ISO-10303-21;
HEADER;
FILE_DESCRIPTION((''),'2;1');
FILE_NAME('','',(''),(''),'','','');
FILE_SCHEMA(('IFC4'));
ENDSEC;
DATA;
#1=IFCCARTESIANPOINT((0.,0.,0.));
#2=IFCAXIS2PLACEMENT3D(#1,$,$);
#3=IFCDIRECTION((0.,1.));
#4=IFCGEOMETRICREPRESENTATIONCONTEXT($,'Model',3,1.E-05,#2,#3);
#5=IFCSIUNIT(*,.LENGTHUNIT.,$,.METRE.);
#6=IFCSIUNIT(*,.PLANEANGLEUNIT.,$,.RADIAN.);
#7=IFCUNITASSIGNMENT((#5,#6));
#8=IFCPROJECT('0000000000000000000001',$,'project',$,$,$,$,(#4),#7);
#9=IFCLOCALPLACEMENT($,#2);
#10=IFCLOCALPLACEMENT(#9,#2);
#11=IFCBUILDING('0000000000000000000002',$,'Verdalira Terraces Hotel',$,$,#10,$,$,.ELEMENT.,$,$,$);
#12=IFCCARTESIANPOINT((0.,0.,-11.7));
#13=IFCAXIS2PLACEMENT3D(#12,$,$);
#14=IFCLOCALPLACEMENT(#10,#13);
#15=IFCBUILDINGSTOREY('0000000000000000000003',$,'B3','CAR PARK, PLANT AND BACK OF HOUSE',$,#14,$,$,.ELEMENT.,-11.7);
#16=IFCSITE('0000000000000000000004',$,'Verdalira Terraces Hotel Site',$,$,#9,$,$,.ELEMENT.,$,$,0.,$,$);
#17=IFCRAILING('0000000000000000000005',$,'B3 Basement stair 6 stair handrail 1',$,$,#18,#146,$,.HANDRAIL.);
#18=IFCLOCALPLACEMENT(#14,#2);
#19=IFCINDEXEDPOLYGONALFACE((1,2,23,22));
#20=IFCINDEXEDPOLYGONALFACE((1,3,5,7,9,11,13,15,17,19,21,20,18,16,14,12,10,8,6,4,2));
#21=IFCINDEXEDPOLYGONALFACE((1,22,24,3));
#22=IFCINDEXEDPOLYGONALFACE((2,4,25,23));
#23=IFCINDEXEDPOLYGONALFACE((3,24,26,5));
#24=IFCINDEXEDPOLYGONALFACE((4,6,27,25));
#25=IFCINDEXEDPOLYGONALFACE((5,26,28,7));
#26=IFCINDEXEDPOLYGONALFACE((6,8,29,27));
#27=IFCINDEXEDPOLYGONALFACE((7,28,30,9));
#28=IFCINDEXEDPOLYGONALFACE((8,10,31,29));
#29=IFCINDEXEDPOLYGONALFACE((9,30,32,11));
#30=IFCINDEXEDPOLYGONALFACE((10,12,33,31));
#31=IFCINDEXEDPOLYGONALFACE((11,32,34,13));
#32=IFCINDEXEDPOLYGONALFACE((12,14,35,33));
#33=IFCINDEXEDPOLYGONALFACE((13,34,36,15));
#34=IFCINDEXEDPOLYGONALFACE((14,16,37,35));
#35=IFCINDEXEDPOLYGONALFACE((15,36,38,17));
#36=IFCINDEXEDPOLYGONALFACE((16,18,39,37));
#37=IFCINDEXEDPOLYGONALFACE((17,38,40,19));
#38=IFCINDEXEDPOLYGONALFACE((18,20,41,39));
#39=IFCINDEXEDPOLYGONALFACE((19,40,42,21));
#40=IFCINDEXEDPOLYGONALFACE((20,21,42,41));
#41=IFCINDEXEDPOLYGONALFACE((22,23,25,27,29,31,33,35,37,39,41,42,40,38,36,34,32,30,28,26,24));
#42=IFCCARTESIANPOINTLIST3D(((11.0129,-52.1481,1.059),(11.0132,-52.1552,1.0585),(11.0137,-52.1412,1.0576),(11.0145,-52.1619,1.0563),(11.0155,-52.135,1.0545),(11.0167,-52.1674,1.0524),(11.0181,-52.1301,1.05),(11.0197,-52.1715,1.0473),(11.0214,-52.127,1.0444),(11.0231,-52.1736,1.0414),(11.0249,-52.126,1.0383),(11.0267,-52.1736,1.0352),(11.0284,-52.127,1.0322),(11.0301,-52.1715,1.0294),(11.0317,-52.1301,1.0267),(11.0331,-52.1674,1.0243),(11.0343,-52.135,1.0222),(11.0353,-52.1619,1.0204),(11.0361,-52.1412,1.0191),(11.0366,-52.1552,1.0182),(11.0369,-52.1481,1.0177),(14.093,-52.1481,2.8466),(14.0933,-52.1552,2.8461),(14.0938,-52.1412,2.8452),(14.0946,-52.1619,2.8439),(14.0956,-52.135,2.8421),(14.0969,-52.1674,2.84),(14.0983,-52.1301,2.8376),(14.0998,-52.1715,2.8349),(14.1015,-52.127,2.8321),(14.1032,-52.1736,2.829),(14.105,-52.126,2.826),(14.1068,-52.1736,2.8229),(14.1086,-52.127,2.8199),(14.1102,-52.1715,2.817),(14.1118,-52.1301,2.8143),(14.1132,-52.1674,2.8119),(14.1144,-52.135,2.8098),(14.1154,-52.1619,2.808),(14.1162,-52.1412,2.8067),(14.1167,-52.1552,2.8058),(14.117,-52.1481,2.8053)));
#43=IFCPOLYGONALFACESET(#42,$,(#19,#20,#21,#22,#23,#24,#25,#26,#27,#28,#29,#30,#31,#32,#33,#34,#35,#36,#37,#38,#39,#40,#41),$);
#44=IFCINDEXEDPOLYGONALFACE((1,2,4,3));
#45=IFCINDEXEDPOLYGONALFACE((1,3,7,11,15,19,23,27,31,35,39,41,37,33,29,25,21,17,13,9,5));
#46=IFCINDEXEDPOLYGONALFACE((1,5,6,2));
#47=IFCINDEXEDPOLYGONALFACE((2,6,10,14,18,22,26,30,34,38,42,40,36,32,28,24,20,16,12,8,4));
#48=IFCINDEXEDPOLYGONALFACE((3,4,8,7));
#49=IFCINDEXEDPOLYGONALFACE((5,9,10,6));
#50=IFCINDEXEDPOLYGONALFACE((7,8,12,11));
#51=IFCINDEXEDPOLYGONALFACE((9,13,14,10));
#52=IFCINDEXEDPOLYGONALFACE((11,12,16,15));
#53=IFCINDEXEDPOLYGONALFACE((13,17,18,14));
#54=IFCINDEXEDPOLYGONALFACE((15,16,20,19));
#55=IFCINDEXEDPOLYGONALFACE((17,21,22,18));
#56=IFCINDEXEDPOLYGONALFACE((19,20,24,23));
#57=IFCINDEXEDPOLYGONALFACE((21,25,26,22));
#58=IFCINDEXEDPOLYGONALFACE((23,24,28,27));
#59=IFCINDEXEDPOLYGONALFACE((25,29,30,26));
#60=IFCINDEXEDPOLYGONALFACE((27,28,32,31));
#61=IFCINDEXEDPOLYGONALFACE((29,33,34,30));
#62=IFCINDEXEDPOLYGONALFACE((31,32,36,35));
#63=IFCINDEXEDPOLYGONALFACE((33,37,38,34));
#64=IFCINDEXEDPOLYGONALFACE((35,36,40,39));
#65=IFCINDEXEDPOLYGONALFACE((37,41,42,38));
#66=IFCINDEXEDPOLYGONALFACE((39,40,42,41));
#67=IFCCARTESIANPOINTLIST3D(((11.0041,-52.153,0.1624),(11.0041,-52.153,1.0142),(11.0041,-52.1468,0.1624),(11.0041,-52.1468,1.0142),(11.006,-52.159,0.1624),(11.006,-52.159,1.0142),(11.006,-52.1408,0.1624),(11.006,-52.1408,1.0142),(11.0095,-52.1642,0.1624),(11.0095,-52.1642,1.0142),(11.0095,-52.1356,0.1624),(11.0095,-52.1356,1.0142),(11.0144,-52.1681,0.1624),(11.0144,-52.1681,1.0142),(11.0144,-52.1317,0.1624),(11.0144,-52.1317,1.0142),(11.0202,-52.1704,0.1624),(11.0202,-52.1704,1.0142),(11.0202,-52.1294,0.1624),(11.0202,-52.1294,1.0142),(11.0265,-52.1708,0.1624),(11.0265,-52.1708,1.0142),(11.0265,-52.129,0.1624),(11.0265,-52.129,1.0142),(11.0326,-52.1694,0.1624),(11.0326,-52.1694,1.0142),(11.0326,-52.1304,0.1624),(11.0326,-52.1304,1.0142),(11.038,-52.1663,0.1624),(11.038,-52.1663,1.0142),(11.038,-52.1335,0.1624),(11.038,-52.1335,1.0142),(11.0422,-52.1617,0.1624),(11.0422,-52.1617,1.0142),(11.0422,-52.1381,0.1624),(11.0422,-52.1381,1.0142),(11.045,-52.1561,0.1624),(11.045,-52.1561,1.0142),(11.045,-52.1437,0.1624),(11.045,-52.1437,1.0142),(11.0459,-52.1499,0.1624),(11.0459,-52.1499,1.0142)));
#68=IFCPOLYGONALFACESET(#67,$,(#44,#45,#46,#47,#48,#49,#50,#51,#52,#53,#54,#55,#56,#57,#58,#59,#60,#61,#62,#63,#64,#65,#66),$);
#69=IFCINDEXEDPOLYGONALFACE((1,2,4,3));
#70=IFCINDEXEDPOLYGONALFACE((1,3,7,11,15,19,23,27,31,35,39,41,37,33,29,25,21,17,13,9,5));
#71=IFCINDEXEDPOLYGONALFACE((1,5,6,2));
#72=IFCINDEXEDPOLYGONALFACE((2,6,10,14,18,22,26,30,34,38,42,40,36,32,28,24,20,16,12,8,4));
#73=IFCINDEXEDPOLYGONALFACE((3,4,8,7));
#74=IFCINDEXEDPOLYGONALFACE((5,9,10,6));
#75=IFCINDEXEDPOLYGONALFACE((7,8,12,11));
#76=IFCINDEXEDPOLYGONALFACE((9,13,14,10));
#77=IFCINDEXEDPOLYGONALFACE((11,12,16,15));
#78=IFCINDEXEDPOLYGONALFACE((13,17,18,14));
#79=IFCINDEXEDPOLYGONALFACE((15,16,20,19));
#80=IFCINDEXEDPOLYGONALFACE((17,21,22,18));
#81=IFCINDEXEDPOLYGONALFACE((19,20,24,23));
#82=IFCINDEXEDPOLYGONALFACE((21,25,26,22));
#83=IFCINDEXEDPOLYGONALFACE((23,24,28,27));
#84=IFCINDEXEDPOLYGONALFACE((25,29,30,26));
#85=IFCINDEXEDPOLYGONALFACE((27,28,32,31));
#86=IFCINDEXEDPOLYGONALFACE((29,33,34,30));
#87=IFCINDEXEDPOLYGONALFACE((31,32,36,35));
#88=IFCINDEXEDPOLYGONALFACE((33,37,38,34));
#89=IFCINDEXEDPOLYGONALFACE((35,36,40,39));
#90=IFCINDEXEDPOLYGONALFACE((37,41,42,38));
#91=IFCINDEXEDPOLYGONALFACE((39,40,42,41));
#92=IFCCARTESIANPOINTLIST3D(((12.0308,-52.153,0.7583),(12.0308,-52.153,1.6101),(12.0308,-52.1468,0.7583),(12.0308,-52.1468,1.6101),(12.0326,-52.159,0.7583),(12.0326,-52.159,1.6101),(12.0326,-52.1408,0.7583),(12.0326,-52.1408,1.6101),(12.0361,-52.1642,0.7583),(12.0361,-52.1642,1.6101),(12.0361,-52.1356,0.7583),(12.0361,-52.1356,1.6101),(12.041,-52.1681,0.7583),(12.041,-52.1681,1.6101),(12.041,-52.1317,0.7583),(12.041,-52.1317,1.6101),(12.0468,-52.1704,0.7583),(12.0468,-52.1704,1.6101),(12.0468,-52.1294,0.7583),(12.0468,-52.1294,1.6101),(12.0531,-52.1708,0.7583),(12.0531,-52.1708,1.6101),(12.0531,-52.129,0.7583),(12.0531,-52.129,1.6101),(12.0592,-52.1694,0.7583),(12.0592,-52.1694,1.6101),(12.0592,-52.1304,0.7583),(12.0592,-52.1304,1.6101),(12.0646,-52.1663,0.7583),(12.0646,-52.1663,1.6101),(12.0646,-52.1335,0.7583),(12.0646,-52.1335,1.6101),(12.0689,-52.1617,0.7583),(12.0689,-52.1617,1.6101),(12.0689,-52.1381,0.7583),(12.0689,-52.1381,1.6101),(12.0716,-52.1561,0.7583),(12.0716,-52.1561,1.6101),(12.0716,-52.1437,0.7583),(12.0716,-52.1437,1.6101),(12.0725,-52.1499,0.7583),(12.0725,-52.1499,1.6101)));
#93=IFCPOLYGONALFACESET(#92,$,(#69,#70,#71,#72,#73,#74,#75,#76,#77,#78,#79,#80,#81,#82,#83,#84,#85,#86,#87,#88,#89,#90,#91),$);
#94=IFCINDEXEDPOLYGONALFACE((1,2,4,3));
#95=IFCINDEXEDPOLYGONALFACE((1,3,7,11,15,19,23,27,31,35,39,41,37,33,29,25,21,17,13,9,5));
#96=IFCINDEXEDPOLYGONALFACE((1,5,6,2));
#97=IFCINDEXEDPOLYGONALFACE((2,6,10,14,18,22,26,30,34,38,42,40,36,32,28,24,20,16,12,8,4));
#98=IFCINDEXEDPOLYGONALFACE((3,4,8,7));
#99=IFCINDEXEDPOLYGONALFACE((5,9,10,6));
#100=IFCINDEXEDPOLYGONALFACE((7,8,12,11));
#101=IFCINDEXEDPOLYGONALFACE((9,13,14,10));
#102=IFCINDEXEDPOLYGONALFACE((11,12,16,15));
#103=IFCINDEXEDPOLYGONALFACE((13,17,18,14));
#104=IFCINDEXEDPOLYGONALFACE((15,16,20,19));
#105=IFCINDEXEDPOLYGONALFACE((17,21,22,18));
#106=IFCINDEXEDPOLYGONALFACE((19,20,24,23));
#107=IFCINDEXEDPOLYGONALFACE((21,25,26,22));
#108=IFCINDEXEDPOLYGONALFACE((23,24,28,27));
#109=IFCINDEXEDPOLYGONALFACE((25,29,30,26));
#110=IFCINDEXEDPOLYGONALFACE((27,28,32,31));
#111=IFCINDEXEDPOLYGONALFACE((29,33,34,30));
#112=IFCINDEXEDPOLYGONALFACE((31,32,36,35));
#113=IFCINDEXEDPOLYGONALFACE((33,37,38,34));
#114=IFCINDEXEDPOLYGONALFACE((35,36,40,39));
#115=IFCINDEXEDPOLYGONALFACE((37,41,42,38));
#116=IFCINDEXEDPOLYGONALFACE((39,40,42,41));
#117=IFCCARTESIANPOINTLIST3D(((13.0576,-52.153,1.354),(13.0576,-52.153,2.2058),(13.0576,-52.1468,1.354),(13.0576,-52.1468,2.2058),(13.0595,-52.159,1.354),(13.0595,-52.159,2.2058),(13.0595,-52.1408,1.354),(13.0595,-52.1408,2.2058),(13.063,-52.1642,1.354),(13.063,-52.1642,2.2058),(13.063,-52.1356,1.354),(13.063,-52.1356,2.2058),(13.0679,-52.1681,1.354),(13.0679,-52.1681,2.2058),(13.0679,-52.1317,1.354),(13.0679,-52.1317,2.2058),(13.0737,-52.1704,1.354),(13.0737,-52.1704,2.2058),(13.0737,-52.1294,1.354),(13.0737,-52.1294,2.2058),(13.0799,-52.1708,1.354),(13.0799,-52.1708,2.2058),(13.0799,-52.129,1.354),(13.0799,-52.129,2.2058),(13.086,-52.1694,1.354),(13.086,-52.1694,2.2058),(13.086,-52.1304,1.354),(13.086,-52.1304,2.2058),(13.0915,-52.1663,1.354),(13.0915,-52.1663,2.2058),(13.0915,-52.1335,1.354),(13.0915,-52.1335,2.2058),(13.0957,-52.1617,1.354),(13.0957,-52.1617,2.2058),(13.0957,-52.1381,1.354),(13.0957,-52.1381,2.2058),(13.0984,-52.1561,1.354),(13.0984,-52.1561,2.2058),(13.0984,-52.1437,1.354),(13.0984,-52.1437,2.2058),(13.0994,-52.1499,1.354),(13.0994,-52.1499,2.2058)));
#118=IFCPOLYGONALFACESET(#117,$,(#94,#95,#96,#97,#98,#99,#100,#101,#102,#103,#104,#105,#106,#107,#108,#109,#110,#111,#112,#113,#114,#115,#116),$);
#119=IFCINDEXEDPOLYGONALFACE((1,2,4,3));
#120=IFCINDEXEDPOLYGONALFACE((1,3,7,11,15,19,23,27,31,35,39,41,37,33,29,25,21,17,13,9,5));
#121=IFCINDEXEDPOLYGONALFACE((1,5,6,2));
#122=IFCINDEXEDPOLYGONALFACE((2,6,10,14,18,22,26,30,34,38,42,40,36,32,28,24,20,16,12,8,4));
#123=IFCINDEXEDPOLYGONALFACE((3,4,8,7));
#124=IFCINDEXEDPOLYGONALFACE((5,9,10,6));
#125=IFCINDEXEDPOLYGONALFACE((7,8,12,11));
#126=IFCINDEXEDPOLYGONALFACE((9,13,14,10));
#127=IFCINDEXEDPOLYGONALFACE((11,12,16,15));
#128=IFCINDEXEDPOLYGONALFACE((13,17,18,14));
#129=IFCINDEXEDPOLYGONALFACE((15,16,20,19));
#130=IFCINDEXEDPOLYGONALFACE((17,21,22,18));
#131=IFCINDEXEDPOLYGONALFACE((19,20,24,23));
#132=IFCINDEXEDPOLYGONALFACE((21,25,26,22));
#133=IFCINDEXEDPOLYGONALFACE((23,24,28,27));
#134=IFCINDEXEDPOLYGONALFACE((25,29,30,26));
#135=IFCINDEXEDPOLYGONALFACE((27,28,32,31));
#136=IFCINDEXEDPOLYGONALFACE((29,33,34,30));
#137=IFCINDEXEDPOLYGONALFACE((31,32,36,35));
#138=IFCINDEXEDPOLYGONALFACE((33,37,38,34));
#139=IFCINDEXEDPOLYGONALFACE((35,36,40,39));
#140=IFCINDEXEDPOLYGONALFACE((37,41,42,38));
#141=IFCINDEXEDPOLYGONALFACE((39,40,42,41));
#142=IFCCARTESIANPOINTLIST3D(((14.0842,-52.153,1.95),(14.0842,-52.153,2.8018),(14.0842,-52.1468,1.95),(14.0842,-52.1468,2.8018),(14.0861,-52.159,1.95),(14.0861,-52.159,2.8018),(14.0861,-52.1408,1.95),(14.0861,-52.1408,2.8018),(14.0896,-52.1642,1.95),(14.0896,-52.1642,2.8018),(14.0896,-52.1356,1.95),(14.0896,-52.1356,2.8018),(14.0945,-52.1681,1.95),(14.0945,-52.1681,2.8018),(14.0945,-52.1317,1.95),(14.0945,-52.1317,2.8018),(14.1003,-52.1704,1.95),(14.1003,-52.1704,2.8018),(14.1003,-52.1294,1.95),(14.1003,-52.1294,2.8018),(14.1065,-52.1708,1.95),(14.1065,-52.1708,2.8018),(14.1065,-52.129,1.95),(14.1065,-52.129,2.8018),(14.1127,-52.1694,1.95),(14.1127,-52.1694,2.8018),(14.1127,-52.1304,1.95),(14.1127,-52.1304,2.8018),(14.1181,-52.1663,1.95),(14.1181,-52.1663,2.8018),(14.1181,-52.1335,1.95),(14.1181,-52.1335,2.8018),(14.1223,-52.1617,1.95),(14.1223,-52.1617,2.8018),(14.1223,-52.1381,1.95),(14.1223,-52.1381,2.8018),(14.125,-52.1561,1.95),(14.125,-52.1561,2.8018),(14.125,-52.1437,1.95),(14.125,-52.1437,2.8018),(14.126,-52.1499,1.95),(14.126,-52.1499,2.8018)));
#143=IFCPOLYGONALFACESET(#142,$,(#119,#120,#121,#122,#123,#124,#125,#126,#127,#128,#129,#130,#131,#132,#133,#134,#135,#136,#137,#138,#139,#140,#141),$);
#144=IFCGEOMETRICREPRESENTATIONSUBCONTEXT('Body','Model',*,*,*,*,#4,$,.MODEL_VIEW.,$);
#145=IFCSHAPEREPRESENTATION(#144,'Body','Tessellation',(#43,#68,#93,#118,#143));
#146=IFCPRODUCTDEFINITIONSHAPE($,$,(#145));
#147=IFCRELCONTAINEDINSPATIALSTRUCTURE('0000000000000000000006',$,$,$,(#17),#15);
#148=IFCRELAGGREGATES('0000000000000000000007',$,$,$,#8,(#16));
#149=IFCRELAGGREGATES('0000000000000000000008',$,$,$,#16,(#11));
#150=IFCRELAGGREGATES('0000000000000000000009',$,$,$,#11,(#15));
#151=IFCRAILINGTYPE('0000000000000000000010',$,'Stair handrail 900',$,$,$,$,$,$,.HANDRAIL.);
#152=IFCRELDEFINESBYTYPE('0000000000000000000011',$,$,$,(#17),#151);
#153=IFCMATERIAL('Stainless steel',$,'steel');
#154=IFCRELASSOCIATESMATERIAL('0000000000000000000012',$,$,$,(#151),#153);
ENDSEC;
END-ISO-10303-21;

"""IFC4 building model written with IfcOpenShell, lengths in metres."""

from ifc_helpers import new_model, si_unit, direction, frame, origin, origin_2d, place, context, subcontext, project, spatial, circle, extrude, material, type_object, element, save


model = new_model("IFC4")

# Units and contexts
model_context = context("Model", 3, precision=1e-05, world=origin(), true_north=direction((0.0, 1.0)))
body_context = subcontext(model_context, "Body", "Model", "MODEL_VIEW")
ifc_project = project(units=[si_unit("LENGTHUNIT", "METRE"), si_unit("PLANEANGLEUNIT", "RADIAN")], contexts=[model_context])

# Site, building, storey
site_placement = place(None, origin())
site = spatial("IfcSite", under=ifc_project, at=site_placement, Name="Verdalira Terraces Hotel Site", CompositionType="ELEMENT", RefElevation=0.0)
building_placement = place(site_placement, origin())
building = spatial("IfcBuilding", under=site, at=building_placement, Name="Verdalira Terraces Hotel", CompositionType="ELEMENT")
storey_placement = place(building_placement, frame((0.0, 0.0, -11.7)))
storey = spatial("IfcBuildingStorey", under=building, at=storey_placement, Name="B3", Description="CAR PARK, PLANT AND BACK OF HOUSE", CompositionType="ELEMENT", Elevation=-11.7)

# Railing
ifc_material_1 = material(Name="Stainless steel", Category="steel")
railing_type_1 = type_object("IfcRailingType", Name="Stair handrail 900", PredefinedType="HANDRAIL", material=ifc_material_1)
railing_1_placement = place(storey_placement, frame((11.0249, -52.1499, 0.1624)))
element("IfcRailing", 1, at=railing_1_placement, inside=storey, type_object=railing_type_1, Name="B3 Basement stair 6 stair handrail 1", PredefinedType="HANDRAIL", context=body_context, shape_type="SweptSolid", body=[
    extrude(circle(Radius=0.0239, at=origin_2d()), frame((0.0, 0.0, 0.876), z_axis=(0.864891, 0.0, 0.50196), x_axis=(0.0, 1.0, 0.0)), (0.0, 0.0, 1.0), 3.5613),
    extrude(circle(Radius=0.021, at=origin_2d()), origin(), (0.0, 0.0, 1.0), 0.8518),
    extrude(circle(Radius=0.021, at=origin_2d()), frame((1.0266, 0.0, 0.5959)), (0.0, 0.0, 1.0), 0.8518),
    extrude(circle(Radius=0.021, at=origin_2d()), frame((2.0535, 0.0, 1.1917)), (0.0, 0.0, 1.0), 0.8518),
    extrude(circle(Radius=0.021, at=origin_2d()), frame((3.0801, 0.0, 1.7876)), (0.0, 0.0, 1.0), 0.8518),
])

save(model, "model.ifc")
